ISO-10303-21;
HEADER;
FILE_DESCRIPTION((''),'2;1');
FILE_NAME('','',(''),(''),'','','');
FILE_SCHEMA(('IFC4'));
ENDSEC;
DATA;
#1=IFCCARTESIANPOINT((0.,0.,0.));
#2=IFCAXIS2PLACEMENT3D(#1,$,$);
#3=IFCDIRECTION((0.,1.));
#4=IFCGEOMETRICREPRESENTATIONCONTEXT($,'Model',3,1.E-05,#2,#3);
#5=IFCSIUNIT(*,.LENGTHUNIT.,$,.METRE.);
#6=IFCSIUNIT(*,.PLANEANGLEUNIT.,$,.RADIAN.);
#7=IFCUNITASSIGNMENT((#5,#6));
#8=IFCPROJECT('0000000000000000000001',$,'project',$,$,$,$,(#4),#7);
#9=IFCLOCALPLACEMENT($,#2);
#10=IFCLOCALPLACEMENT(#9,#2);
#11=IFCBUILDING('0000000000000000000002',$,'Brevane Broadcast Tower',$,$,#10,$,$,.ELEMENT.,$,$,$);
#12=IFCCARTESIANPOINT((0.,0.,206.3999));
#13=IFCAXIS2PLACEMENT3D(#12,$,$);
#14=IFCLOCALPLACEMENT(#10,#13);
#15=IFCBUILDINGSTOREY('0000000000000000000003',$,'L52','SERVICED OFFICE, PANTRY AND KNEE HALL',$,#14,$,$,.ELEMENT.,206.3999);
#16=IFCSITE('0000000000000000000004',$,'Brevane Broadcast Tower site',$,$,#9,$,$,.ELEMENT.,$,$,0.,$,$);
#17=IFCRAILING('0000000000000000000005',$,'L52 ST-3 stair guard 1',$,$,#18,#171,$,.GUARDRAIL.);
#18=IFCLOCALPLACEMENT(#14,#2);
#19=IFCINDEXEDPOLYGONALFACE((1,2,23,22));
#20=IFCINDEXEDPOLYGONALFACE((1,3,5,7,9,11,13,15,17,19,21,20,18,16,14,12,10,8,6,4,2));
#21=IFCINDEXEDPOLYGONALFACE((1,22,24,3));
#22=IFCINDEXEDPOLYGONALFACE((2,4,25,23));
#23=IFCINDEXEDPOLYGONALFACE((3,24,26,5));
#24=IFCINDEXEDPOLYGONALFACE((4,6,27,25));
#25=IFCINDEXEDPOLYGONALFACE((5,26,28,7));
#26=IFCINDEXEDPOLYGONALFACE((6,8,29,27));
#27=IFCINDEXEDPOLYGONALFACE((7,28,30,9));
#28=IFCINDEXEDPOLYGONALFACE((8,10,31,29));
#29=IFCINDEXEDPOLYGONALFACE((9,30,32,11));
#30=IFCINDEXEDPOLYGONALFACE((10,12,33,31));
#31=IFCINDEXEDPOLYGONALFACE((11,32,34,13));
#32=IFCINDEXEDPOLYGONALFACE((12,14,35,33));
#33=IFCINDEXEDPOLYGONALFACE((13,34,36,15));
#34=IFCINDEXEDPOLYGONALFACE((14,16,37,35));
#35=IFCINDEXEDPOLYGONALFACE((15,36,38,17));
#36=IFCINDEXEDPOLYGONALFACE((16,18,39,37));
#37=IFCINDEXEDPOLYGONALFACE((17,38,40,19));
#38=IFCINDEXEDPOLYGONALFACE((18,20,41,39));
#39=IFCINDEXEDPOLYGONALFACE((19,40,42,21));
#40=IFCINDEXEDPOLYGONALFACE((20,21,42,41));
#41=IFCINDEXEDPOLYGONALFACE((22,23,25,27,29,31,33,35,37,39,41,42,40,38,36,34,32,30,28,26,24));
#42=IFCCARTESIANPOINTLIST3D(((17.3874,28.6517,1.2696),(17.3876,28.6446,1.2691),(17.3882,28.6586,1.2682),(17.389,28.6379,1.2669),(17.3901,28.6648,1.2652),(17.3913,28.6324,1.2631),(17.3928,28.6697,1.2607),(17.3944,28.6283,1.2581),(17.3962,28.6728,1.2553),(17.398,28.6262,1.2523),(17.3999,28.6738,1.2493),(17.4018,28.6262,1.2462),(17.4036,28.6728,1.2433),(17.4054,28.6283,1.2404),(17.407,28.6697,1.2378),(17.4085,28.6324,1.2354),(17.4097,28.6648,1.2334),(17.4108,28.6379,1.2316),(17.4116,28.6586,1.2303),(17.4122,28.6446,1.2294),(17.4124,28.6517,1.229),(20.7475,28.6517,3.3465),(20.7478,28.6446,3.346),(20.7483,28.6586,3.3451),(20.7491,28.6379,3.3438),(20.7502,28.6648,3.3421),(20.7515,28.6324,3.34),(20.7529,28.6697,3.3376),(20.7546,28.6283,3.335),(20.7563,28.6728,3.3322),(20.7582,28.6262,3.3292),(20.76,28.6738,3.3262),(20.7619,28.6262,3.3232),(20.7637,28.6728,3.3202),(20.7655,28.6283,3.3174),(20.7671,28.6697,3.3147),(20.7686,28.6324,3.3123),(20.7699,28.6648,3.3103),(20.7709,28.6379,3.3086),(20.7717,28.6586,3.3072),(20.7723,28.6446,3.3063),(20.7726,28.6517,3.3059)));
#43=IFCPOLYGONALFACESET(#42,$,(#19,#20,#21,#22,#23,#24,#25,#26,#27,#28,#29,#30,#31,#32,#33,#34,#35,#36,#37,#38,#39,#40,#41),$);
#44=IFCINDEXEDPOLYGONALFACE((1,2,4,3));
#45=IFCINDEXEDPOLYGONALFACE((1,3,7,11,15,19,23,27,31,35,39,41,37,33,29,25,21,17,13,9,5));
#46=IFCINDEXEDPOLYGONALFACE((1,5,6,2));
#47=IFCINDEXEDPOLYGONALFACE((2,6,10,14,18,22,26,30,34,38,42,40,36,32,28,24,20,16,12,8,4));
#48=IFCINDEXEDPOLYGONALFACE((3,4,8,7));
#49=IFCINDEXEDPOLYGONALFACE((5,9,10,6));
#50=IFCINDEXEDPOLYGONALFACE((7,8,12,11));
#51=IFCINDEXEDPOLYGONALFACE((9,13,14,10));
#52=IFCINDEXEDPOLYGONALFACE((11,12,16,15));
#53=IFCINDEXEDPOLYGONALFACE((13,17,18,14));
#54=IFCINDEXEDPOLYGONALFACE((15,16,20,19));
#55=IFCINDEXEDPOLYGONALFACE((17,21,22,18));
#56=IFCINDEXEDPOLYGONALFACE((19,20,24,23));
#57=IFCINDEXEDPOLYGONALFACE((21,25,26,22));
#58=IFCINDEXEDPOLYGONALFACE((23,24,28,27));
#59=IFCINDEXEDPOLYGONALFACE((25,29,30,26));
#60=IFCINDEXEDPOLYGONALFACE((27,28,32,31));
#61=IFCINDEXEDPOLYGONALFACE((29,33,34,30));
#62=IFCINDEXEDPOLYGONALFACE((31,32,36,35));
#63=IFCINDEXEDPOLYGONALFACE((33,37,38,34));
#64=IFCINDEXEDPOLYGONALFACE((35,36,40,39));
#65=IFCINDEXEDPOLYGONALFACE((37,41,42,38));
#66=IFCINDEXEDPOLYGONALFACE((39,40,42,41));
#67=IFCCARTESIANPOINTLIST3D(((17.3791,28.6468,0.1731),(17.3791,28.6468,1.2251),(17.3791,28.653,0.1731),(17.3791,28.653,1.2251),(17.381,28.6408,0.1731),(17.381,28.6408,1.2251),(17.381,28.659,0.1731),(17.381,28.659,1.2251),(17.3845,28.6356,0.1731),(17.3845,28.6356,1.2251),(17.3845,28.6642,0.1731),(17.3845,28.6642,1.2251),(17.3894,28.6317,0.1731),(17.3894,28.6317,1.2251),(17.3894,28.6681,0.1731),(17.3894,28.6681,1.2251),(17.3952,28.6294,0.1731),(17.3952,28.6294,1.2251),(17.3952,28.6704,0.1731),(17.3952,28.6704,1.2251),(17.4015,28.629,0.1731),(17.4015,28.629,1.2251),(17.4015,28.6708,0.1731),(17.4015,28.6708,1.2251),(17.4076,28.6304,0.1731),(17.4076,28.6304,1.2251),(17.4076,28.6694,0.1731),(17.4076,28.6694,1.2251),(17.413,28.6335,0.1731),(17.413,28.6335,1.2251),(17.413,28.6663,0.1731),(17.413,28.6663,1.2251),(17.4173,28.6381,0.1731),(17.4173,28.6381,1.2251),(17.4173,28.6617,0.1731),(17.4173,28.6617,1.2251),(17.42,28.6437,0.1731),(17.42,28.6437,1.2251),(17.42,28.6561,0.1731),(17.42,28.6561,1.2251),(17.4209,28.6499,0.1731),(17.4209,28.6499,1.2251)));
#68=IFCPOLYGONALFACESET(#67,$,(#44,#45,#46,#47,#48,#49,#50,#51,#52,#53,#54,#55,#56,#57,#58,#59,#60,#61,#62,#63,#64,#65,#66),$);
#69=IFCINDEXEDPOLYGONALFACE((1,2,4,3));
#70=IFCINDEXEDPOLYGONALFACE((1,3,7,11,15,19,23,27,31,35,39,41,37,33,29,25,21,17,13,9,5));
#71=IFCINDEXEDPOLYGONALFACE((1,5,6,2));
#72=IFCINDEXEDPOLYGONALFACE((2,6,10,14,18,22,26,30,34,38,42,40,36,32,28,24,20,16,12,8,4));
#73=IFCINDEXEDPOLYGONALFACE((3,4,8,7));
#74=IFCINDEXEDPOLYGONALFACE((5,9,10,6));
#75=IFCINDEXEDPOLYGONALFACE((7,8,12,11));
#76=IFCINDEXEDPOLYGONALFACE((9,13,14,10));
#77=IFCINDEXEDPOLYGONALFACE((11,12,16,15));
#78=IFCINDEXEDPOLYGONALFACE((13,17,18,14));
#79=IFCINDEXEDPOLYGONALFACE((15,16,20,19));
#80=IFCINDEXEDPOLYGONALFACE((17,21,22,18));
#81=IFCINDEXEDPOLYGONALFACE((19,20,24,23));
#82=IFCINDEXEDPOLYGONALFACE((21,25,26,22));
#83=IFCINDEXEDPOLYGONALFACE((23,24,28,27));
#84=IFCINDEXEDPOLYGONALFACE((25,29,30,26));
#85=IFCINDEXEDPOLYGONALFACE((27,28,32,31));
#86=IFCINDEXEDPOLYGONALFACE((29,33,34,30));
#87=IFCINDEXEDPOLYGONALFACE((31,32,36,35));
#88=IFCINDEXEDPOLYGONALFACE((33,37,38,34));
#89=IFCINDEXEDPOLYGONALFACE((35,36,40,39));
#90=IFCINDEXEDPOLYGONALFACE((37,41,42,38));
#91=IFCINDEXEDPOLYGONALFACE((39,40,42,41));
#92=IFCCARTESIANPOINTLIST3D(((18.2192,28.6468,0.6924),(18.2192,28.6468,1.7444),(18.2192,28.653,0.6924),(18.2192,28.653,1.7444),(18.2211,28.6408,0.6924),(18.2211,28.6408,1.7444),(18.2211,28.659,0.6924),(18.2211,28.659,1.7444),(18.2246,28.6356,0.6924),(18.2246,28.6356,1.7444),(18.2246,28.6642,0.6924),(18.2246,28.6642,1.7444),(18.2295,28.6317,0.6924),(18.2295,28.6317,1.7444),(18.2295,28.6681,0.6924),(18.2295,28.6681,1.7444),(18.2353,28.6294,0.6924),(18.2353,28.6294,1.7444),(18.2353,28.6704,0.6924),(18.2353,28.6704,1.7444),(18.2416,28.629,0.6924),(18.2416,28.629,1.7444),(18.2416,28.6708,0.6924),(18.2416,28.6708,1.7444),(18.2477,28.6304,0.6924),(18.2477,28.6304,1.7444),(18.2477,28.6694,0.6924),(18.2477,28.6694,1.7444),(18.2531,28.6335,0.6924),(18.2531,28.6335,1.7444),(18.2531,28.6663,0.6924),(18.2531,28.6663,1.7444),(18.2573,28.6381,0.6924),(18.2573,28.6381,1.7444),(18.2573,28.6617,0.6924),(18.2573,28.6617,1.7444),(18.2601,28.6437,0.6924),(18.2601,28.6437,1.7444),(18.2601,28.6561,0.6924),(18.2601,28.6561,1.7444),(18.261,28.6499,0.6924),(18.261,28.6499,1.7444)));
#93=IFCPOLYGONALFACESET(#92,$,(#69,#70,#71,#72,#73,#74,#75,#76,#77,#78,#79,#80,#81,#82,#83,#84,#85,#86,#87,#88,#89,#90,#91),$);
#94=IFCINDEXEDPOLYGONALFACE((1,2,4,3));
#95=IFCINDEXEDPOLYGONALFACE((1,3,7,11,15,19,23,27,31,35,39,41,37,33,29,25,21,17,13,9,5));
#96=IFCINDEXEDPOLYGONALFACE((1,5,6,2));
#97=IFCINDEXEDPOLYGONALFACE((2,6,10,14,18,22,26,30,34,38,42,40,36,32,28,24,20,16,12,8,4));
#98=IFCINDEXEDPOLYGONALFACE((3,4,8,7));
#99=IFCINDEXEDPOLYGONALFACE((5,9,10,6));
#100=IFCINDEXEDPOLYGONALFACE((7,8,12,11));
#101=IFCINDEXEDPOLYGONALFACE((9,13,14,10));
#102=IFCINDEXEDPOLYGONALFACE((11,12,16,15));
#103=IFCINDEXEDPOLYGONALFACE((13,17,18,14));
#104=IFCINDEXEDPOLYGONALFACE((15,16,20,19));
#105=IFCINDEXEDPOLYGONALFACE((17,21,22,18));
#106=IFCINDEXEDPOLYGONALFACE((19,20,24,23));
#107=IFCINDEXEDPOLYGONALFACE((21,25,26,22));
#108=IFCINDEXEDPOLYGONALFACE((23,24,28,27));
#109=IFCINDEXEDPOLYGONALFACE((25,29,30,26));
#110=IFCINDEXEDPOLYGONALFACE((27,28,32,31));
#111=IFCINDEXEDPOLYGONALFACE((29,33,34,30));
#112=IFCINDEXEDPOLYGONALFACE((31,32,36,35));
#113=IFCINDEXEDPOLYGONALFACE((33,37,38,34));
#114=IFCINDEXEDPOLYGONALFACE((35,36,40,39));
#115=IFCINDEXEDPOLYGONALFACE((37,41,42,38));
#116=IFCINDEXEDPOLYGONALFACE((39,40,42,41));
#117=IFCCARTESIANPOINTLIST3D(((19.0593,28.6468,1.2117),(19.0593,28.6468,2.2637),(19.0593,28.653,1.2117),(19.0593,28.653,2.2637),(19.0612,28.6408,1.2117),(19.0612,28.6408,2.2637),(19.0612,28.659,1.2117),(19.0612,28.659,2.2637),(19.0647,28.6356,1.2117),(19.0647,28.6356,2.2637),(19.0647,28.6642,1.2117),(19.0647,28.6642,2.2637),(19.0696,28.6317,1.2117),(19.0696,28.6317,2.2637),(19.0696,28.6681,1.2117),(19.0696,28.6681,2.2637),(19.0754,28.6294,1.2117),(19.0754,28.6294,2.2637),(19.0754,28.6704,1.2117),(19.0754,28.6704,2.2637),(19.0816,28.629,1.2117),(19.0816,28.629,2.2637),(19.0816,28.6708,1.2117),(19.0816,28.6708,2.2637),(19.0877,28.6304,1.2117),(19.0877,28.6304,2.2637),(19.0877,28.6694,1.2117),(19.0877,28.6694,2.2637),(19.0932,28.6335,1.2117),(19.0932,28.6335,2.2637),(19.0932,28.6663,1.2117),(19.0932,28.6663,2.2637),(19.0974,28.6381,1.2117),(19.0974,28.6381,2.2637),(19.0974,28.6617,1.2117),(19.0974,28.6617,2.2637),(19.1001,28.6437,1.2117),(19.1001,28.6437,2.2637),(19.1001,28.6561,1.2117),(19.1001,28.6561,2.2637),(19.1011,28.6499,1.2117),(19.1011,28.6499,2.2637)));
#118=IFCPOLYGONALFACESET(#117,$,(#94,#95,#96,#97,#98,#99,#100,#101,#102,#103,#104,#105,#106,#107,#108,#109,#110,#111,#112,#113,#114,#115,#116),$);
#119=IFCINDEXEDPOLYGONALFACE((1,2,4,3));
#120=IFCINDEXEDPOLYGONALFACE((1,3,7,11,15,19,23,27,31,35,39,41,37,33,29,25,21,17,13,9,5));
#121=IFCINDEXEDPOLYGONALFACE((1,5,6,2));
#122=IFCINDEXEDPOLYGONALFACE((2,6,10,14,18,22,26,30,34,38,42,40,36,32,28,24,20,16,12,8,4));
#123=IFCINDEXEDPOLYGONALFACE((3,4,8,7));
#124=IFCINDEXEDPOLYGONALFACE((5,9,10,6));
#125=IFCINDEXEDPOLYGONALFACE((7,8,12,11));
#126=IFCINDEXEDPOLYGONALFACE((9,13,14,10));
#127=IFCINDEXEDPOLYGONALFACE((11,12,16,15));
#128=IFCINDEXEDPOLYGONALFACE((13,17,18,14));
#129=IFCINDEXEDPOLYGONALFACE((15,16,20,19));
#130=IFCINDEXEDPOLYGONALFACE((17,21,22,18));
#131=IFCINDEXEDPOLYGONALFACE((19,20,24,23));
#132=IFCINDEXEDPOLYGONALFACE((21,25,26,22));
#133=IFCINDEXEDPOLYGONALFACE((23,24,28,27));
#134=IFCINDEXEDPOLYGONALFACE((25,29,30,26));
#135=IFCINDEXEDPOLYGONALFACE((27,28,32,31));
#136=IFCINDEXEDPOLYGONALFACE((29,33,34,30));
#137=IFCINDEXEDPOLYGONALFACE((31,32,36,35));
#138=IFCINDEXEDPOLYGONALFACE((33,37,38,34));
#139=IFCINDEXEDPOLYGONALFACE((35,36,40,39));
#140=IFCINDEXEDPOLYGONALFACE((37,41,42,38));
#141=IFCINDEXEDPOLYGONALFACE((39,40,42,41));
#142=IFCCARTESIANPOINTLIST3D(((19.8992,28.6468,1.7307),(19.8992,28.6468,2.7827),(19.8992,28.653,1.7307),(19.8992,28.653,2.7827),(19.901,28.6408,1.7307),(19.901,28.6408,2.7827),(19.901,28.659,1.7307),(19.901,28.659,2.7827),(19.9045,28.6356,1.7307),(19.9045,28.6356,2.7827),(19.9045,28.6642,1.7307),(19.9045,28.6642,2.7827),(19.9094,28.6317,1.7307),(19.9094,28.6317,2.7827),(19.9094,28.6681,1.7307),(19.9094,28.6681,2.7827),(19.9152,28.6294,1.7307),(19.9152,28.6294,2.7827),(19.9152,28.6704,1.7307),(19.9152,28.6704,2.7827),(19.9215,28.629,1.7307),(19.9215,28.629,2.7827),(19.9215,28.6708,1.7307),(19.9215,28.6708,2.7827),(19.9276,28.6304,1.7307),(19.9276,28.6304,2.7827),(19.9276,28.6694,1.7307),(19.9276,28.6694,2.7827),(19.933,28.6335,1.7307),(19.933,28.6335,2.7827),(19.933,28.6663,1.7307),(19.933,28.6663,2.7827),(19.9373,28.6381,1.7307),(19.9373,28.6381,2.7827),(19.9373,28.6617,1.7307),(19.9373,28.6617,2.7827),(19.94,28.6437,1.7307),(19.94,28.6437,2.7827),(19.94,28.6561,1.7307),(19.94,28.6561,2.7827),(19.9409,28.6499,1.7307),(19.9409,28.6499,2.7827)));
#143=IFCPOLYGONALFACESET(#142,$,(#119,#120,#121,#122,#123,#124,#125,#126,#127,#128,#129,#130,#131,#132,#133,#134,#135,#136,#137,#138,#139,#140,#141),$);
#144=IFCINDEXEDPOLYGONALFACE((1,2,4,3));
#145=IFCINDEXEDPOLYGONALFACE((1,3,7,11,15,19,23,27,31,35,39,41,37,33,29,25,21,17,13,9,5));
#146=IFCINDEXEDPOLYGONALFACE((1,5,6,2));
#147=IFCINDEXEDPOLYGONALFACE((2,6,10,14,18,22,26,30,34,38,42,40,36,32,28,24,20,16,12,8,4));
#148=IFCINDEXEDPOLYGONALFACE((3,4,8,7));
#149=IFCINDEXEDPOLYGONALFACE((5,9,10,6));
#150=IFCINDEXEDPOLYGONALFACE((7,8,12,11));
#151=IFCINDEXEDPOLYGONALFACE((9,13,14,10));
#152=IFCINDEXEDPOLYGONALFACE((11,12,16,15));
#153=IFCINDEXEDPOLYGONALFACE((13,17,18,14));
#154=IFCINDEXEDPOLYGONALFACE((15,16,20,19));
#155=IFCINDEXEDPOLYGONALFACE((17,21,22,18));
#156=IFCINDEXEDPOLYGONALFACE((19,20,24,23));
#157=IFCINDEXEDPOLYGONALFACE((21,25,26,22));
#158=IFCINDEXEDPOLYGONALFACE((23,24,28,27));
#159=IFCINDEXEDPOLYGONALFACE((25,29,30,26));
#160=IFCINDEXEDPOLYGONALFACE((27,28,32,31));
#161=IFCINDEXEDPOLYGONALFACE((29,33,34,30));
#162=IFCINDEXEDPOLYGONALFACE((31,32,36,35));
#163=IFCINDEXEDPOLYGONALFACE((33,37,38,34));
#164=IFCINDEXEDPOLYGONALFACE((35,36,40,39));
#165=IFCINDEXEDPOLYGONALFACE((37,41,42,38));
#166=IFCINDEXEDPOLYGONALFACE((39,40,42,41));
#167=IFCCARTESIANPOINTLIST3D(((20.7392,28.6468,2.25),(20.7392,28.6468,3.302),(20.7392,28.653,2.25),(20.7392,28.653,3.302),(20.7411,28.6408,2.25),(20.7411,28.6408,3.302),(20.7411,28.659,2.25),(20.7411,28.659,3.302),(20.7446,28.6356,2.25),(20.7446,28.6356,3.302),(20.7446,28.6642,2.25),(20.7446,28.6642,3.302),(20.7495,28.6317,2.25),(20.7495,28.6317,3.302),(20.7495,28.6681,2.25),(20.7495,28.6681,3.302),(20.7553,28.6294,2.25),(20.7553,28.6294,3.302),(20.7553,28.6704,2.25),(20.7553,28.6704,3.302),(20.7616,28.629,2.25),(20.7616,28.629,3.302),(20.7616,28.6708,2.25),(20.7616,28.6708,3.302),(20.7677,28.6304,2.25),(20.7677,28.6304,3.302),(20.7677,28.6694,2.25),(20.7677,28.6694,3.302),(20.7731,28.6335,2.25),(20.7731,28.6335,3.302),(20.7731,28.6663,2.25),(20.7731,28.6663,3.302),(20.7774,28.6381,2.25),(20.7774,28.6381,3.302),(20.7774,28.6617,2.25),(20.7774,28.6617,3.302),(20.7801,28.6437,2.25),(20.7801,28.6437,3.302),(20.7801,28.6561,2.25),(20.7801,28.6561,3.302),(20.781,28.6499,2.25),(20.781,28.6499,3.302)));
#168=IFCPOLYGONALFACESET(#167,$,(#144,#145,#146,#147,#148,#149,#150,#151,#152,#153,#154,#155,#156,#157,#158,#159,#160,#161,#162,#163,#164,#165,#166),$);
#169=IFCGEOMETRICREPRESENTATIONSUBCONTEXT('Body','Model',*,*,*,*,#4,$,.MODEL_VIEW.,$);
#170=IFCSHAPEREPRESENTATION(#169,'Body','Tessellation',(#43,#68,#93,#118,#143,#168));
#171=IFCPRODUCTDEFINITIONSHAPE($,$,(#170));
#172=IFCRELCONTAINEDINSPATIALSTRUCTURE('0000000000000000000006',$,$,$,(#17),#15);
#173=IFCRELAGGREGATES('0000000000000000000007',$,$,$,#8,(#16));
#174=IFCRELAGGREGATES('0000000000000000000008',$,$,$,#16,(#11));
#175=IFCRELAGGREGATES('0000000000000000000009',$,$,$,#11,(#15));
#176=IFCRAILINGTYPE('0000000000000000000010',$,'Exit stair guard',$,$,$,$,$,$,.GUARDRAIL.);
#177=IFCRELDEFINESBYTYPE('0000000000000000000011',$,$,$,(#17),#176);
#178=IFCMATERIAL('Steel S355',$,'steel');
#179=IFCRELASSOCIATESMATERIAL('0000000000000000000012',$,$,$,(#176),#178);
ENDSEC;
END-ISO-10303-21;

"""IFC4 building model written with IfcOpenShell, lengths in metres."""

from ifc_helpers import new_model, si_unit, direction, frame, origin, origin_2d, place, context, subcontext, project, spatial, circle, extrude, material, type_object, element, save


model = new_model("IFC4")

# Units and contexts
model_context = context("Model", 3, precision=1e-05, world=origin(), true_north=direction((0.0, 1.0)))
body_context = subcontext(model_context, "Body", "Model", "MODEL_VIEW")
ifc_project = project(units=[si_unit("LENGTHUNIT", "METRE"), si_unit("PLANEANGLEUNIT", "RADIAN")], contexts=[model_context])

# Site, building, storey
site_placement = place(None, origin())
site = spatial("IfcSite", under=ifc_project, at=site_placement, Name="Brevane Broadcast Tower site", CompositionType="ELEMENT", RefElevation=0.0)
building_placement = place(site_placement, origin())
building = spatial("IfcBuilding", under=site, at=building_placement, Name="Brevane Broadcast Tower", CompositionType="ELEMENT")
storey_placement = place(building_placement, frame((0.0, 0.0, 206.3999)))
storey = spatial("IfcBuildingStorey", under=building, at=storey_placement, Name="L52", Description="SERVICED OFFICE, PANTRY AND KNEE HALL", CompositionType="ELEMENT", Elevation=206.3999)

# Railing
ifc_material_1 = material(Name="Steel S355", Category="steel")
railing_type_1 = type_object("IfcRailingType", Name="Exit stair guard", PredefinedType="GUARDRAIL", material=ifc_material_1)
railing_1_placement = place(storey_placement, frame((17.3999, 28.6499, 0.1731)))
element("IfcRailing", 1, at=railing_1_placement, inside=storey, type_object=railing_type_1, Name="L52 ST-3 stair guard 1", PredefinedType="GUARDRAIL", context=body_context, shape_type="SweptSolid", body=[
    extrude(circle(Radius=0.0239, at=origin_2d()), frame((0.0, 0.0, 1.0762), z_axis=(0.850623, 0.0, 0.525776), x_axis=(0.0, 1.0, 0.0)), (0.0, 0.0, 1.0), 3.9502),
    extrude(circle(Radius=0.021, at=origin_2d()), origin(), (0.0, 0.0, 1.0), 1.052),
    extrude(circle(Radius=0.021, at=origin_2d()), frame((0.8401, 0.0, 0.5193)), (0.0, 0.0, 1.0), 1.052),
    extrude(circle(Radius=0.021, at=origin_2d()), frame((1.6802, 0.0, 1.0386)), (0.0, 0.0, 1.0), 1.052),
    extrude(circle(Radius=0.021, at=origin_2d()), frame((2.52, 0.0, 1.5576)), (0.0, 0.0, 1.0), 1.052),
    extrude(circle(Radius=0.021, at=origin_2d()), frame((3.3601, 0.0, 2.0769)), (0.0, 0.0, 1.0), 1.052),
])

save(model, "model.ifc")
